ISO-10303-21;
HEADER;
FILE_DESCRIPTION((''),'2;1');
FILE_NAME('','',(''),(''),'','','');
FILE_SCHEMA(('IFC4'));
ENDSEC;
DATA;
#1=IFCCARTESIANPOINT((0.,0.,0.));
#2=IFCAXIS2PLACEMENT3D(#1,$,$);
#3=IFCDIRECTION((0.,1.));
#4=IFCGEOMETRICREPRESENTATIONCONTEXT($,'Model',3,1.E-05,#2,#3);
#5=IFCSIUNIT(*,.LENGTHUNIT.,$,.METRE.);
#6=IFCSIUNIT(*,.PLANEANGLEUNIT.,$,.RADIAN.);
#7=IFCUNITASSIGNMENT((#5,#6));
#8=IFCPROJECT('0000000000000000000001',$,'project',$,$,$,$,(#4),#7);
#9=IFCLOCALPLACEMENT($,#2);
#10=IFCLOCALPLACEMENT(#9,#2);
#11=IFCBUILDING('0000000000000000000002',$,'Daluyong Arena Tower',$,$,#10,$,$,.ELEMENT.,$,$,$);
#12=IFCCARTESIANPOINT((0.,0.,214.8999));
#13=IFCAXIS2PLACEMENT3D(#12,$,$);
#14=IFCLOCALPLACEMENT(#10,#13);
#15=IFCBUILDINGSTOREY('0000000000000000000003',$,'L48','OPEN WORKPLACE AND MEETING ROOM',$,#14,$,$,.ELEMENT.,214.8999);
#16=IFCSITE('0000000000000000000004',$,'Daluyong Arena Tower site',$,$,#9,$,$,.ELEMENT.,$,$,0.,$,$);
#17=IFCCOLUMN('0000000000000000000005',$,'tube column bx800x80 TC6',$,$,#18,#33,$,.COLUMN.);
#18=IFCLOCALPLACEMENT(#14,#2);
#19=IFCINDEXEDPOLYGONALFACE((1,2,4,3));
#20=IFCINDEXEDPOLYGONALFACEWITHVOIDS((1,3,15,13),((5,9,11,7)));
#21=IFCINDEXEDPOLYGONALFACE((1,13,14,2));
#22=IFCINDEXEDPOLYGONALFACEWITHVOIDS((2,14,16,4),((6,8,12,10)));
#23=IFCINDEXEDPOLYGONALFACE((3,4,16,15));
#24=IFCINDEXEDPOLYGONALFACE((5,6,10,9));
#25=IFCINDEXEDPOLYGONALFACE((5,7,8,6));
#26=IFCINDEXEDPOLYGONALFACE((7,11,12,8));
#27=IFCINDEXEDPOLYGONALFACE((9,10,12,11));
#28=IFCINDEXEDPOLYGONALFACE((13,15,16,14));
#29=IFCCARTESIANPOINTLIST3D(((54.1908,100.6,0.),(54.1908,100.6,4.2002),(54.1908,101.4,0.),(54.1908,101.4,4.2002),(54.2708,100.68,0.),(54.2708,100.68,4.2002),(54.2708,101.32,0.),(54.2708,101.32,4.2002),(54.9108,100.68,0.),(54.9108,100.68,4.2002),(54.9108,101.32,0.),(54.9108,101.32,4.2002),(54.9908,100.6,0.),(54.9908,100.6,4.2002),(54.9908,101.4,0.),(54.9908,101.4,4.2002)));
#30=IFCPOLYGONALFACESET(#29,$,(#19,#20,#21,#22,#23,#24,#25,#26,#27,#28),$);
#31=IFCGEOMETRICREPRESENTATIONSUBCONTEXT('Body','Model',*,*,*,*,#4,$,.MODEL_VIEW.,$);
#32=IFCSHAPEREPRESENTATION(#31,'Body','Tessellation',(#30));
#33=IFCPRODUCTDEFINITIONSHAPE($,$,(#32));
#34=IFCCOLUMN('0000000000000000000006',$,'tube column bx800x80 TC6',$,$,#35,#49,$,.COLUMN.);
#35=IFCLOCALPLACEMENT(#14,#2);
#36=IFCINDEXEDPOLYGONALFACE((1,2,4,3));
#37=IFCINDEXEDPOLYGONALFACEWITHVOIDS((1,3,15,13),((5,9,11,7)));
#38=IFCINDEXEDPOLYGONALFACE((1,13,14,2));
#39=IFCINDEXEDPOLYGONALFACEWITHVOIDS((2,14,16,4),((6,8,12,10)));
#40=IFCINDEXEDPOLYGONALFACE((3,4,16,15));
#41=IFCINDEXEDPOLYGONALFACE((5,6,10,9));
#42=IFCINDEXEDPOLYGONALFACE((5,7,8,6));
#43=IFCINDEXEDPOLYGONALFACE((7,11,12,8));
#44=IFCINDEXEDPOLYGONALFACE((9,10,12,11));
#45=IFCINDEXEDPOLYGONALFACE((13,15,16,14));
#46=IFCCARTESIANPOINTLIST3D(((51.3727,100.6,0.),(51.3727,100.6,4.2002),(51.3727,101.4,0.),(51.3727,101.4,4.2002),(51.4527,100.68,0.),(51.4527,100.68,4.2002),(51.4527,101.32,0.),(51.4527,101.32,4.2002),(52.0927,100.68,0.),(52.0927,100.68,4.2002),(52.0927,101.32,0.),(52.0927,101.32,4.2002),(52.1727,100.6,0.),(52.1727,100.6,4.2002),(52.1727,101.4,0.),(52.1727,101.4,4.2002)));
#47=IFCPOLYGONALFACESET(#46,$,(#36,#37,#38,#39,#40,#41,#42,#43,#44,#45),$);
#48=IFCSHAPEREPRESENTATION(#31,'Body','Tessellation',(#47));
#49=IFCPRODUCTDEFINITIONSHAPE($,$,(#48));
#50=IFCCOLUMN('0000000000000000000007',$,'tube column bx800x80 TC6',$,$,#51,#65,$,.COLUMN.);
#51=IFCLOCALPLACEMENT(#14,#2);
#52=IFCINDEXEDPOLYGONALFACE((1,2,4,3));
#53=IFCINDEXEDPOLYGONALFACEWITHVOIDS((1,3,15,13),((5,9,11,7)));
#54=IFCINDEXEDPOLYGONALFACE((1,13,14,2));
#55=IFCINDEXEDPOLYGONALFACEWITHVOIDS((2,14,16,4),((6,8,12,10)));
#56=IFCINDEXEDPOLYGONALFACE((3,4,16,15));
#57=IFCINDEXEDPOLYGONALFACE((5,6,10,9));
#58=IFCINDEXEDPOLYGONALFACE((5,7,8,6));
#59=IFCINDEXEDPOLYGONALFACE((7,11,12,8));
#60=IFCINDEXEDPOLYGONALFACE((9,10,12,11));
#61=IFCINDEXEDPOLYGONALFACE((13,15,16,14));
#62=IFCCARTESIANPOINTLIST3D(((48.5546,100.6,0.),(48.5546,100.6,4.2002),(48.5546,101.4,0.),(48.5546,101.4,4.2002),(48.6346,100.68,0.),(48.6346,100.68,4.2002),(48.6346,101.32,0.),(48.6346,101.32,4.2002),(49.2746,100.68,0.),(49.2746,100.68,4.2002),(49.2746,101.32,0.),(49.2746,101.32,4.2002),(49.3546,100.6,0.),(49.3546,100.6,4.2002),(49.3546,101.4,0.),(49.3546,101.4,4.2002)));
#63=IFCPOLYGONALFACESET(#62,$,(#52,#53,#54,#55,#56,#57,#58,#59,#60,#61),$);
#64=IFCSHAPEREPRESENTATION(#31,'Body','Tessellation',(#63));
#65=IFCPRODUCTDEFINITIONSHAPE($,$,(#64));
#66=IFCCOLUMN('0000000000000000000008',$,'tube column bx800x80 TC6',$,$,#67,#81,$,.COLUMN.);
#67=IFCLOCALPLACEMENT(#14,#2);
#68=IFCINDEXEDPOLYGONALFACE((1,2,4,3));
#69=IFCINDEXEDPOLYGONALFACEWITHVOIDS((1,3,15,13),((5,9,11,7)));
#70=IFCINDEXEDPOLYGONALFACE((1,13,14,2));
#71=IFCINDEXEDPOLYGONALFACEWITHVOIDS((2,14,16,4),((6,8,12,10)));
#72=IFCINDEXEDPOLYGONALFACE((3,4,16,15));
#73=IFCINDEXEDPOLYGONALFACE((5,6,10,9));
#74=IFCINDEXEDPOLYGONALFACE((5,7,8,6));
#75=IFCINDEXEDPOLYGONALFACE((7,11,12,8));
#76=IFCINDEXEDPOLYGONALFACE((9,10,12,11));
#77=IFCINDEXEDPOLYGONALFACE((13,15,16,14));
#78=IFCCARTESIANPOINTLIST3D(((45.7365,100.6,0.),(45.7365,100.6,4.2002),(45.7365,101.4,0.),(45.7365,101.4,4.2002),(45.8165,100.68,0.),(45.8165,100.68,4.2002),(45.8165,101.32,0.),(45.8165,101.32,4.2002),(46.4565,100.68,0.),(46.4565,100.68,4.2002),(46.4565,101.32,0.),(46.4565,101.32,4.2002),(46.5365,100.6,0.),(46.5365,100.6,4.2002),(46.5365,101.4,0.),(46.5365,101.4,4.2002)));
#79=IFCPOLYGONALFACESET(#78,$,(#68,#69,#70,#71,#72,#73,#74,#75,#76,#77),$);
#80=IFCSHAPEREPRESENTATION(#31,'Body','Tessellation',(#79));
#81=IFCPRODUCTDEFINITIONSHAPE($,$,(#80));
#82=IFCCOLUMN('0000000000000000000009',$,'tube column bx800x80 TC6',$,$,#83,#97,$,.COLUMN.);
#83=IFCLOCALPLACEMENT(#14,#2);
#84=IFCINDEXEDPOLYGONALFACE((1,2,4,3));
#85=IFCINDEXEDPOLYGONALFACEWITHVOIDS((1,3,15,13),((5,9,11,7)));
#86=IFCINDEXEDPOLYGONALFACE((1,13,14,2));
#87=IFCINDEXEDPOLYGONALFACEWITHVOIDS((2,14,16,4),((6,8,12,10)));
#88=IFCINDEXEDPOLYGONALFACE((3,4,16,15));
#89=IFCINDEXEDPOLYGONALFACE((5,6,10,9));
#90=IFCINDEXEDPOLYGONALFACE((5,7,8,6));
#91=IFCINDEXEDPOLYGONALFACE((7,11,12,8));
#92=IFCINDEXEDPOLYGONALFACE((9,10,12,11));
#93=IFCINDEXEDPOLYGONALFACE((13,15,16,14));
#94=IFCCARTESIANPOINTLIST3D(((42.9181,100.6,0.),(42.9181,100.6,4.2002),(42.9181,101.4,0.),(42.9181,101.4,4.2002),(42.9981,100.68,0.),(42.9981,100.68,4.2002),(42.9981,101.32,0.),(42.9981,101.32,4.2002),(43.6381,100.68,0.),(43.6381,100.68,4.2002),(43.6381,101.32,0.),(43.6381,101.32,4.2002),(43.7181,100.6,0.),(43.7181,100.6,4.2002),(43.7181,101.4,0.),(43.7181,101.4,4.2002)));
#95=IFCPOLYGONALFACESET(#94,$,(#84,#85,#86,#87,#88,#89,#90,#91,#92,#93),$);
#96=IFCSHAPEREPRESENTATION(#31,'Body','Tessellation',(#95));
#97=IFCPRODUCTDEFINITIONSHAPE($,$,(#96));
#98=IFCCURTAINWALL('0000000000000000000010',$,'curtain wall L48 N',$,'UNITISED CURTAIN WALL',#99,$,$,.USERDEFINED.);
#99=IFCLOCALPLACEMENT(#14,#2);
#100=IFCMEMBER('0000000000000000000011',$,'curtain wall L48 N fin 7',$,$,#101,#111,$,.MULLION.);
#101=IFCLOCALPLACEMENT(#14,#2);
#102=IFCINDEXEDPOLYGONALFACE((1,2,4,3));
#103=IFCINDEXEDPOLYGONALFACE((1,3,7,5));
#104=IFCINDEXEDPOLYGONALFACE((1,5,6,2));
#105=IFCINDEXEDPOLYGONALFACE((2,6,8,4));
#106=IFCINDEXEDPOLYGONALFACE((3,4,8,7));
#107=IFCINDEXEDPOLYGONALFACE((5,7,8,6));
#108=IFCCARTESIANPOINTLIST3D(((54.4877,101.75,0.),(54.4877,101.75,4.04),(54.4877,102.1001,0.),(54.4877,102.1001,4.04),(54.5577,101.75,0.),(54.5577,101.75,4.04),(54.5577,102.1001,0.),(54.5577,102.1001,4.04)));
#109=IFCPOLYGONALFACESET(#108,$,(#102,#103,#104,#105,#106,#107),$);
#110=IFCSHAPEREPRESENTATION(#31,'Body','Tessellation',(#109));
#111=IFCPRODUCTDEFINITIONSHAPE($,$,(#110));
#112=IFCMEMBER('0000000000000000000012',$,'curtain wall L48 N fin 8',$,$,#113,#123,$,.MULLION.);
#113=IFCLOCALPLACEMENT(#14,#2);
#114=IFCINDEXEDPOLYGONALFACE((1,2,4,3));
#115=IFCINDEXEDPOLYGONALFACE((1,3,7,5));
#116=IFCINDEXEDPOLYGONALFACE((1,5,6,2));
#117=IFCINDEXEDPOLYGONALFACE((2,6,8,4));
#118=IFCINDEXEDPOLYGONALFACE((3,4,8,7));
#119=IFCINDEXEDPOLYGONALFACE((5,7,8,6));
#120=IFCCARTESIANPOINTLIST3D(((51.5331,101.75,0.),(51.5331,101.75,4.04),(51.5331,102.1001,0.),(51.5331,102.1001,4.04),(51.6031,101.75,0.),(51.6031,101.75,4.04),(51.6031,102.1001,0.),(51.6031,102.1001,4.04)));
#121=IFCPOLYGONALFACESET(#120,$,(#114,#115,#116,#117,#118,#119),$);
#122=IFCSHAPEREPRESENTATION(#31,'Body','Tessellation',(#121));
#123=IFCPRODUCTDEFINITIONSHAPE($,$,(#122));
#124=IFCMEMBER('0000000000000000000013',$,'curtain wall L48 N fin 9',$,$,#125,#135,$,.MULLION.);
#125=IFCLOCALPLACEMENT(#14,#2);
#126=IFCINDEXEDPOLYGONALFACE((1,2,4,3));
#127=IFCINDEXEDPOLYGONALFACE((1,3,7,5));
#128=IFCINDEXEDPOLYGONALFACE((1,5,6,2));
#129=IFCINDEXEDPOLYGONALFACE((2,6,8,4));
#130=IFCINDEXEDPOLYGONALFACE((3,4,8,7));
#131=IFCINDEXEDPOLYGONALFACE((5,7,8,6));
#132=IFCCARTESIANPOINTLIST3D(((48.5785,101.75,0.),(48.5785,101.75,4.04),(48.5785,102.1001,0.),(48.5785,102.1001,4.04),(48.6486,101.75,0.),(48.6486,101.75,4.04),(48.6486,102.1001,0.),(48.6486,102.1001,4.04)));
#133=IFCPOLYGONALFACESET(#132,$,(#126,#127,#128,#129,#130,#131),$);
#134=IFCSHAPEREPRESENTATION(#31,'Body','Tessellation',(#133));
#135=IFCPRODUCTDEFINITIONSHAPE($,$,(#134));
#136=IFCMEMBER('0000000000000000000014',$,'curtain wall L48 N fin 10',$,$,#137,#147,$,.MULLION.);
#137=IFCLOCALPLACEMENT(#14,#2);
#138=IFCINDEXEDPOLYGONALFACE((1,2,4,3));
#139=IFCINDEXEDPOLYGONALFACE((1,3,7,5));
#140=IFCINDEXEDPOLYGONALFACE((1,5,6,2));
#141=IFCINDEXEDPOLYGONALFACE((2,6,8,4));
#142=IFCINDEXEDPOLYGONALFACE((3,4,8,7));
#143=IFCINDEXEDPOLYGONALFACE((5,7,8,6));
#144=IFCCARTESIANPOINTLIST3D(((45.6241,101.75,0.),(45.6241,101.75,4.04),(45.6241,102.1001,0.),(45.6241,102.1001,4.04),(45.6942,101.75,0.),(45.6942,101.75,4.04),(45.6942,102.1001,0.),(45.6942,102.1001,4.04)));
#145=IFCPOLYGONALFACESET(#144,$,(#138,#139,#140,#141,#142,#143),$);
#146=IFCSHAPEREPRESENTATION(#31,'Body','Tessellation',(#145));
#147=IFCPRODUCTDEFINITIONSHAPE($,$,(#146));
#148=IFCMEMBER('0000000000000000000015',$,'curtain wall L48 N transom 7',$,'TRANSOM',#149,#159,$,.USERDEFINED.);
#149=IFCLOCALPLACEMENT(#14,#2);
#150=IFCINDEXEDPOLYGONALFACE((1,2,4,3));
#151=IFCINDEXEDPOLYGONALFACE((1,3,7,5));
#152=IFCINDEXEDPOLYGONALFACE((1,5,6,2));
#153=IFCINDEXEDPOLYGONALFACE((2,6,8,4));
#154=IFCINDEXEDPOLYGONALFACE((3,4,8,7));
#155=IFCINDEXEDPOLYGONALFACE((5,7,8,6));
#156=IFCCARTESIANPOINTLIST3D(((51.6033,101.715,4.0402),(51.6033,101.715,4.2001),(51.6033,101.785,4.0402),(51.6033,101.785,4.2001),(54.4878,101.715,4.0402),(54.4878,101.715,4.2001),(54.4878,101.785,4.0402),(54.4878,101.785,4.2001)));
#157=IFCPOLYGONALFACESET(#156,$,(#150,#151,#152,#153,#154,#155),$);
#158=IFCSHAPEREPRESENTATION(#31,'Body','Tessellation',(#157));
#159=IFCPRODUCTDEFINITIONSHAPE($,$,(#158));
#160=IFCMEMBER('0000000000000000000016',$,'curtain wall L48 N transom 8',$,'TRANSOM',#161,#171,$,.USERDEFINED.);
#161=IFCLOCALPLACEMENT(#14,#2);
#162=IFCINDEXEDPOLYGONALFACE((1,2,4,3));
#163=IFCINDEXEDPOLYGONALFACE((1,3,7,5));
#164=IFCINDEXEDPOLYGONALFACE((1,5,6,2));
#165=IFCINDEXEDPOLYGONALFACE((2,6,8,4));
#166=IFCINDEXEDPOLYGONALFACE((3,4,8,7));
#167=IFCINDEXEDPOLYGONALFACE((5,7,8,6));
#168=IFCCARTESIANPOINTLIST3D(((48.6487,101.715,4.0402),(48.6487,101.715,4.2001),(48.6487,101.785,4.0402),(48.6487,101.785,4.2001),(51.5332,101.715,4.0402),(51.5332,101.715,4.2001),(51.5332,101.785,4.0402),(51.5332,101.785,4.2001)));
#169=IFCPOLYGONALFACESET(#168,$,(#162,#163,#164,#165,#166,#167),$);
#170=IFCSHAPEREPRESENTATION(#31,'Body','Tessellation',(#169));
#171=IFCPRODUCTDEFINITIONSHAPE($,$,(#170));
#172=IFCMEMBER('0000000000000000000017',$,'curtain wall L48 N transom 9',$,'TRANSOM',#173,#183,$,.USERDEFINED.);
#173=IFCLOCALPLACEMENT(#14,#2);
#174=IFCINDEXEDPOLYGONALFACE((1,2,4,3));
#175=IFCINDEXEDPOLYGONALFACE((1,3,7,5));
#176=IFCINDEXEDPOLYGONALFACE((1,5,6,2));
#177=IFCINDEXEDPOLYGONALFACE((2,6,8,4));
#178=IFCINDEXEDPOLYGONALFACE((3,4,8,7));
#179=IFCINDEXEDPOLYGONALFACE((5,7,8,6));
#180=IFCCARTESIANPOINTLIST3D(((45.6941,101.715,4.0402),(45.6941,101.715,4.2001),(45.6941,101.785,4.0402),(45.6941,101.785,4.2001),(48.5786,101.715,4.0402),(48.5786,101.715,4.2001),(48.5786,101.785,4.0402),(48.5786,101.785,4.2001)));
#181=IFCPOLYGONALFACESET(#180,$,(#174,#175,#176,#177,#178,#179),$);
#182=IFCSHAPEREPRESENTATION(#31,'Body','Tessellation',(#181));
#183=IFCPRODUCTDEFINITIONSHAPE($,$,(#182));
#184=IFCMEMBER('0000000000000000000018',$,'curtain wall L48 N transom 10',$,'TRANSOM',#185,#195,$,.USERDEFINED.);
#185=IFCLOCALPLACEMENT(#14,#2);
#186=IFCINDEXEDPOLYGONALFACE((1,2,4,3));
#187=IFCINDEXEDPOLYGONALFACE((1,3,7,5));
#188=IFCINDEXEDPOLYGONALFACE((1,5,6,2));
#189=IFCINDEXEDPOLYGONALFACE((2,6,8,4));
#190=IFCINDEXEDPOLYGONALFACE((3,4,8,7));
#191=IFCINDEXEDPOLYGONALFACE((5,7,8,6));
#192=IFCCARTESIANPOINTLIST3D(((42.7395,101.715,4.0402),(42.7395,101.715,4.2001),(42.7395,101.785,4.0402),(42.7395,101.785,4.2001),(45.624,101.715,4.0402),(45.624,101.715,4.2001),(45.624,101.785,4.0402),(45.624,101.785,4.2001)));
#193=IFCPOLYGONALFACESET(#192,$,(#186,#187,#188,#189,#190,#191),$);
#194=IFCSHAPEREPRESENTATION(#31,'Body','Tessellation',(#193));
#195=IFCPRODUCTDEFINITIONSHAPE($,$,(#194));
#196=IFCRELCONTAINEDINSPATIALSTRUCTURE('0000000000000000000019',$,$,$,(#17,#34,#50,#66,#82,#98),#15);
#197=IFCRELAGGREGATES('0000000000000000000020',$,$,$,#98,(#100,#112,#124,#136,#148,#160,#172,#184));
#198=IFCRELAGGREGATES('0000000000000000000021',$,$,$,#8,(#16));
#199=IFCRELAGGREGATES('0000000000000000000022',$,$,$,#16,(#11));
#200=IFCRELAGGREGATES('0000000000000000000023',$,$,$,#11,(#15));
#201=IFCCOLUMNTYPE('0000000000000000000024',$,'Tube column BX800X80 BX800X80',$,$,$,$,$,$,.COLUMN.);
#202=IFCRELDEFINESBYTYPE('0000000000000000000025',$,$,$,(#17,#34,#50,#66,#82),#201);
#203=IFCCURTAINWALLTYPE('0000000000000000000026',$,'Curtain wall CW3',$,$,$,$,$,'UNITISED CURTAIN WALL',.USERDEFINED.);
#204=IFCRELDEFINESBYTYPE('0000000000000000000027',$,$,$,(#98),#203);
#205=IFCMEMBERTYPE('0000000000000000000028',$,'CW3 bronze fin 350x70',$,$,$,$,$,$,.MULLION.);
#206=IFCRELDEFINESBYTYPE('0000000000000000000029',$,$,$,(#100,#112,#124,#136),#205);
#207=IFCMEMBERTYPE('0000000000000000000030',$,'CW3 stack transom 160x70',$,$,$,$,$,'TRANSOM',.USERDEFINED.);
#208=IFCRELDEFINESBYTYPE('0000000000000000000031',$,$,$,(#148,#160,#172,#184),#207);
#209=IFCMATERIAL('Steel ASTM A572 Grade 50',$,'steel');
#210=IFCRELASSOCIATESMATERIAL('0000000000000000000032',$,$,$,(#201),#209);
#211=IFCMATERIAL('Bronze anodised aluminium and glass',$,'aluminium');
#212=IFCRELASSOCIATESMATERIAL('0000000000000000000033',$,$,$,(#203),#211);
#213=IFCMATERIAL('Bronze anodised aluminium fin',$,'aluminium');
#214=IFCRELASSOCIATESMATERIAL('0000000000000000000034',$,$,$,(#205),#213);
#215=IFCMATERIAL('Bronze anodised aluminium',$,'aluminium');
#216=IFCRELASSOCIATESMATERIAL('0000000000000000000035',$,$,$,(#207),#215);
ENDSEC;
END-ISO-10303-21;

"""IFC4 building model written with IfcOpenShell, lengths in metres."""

from ifc_helpers import new_model, si_unit, direction, frame, origin, origin_2d, place, context, subcontext, project, spatial, rectangle, hollow_rectangle, extrude, material, material_profile, profile_set, type_object, element, aggregate, save


model = new_model("IFC4")

# Units and contexts
model_context = context("Model", 3, precision=1e-05, world=origin(), true_north=direction((0.0, 1.0)))
body_context = subcontext(model_context, "Body", "Model", "MODEL_VIEW")
ifc_project = project(units=[si_unit("LENGTHUNIT", "METRE"), si_unit("PLANEANGLEUNIT", "RADIAN")], contexts=[model_context])

# Site, building, storey
site_placement = place(None, origin())
site = spatial("IfcSite", under=ifc_project, at=site_placement, Name="Daluyong Arena Tower site", CompositionType="ELEMENT", RefElevation=0.0)
building_placement = place(site_placement, origin())
building = spatial("IfcBuilding", under=site, at=building_placement, Name="Daluyong Arena Tower", CompositionType="ELEMENT")
storey_placement = place(building_placement, frame((0.0, 0.0, 214.8999)))
storey = spatial("IfcBuildingStorey", under=building, at=storey_placement, Name="L48", Description="OPEN WORKPLACE AND MEETING ROOM", CompositionType="ELEMENT", Elevation=214.8999)

# Columns
ifc_material_1 = material(Name="Steel ASTM A572 Grade 50", Category="steel")
ifc_material_profile_1 = material_profile(ifc_material_1, hollow_rectangle(XDim=0.8, YDim=0.8, WallThickness=0.08, at=origin_2d()))
ifc_profile_set_1 = profile_set([ifc_material_profile_1], Name="Steel ASTM A572 Grade 50")
column_type = type_object("IfcColumnType", Name="Tube column BX800X80 BX800X80", PredefinedType="COLUMN", material=ifc_profile_set_1)
for number, where, z_axis, x_axis, name in (
    (1, (54.5908, 101.0, 0.0), (0.0, 0.0, 1.0), (1.0, 0.0, 0.0), "tube column bx800x80 TC6"),
    (2, (51.7727, 101.0, 0.0), (0.0, 0.0, 1.0), (1.0, 0.0, 0.0), "tube column bx800x80 TC6"),
    (3, (48.9546, 101.0, 0.0), (0.0, 0.0, 1.0), (1.0, 0.0, 0.0), "tube column bx800x80 TC6"),
    (4, (46.1365, 101.0, 0.0), (0.0, 0.0, 1.0), (1.0, 0.0, 0.0), "tube column bx800x80 TC6"),
    (5, (43.3181, 101.0, 0.0), (0.0, 0.0, 1.0), (1.0, 0.0, 0.0), "tube column bx800x80 TC6"),
):
    element("IfcColumn", number, at=place(storey_placement, frame(where, z_axis=z_axis, x_axis=x_axis)), inside=storey, type_object=column_type, Name=name, PredefinedType="COLUMN", context=body_context, shape_type="SweptSolid", body=[
        extrude(hollow_rectangle(XDim=0.8, YDim=0.8, WallThickness=0.08, at=origin_2d()), origin(), (0.0, 0.0, 1.0), 4.2002),
    ])

# Curtain wall, members
ifc_material_2 = material(Name="Bronze anodised aluminium and glass", Category="aluminium")
curtain_wall_type = type_object("IfcCurtainWallType", Name="Curtain wall CW3", ElementType="UNITISED CURTAIN WALL", PredefinedType="USERDEFINED", material=ifc_material_2)
curtain_wall_placement = place(storey_placement, origin())
curtain_wall = element("IfcCurtainWall", 6, at=curtain_wall_placement, inside=storey, type_object=curtain_wall_type, Name="curtain wall L48 N", ObjectType="UNITISED CURTAIN WALL", PredefinedType="USERDEFINED")
ifc_material_3 = material(Name="Bronze anodised aluminium fin", Category="aluminium")
ifc_material_profile_2 = material_profile(ifc_material_3, rectangle(XDim=0.3501, YDim=0.0701, at=origin_2d()))
ifc_profile_set_2 = profile_set([ifc_material_profile_2], Name="Bronze anodised aluminium fin")
member_type_1 = type_object("IfcMemberType", Name="CW3 bronze fin 350x70", PredefinedType="MULLION", material=ifc_profile_set_2)
member_1_placement = place(storey_placement, frame((54.5227, 101.925, 0.0), z_axis=(0.0, 0.0, 1.0), x_axis=(0.0, -1.0, 0.0)))
member_1 = element("IfcMember", 7, at=member_1_placement, type_object=member_type_1, Name="curtain wall L48 N fin 7", PredefinedType="MULLION", context=body_context, shape_type="SweptSolid", body=[
    extrude(rectangle(XDim=0.3501, YDim=0.0701, at=origin_2d()), origin(), (0.0, 0.0, 1.0), 4.04),
])
member_2_placement = place(storey_placement, frame((51.5681, 101.925, 0.0), z_axis=(0.0, 0.0, 1.0), x_axis=(0.0, -1.0, 0.0)))
member_2 = element("IfcMember", 8, at=member_2_placement, type_object=member_type_1, Name="curtain wall L48 N fin 8", PredefinedType="MULLION", context=body_context, shape_type="SweptSolid", body=[
    extrude(rectangle(XDim=0.3501, YDim=0.0701, at=origin_2d()), origin(), (0.0, 0.0, 1.0), 4.04),
])
member_3_placement = place(storey_placement, frame((48.6135, 101.925, 0.0), z_axis=(0.0, 0.0, 1.0), x_axis=(0.0, -1.0, 0.0)))
member_3 = element("IfcMember", 9, at=member_3_placement, type_object=member_type_1, Name="curtain wall L48 N fin 9", PredefinedType="MULLION", context=body_context, shape_type="SweptSolid", body=[
    extrude(rectangle(XDim=0.3501, YDim=0.0701, at=origin_2d()), origin(), (0.0, 0.0, 1.0), 4.04),
])
member_4_placement = place(storey_placement, frame((45.6592, 101.925, 0.0), z_axis=(0.0, 0.0, 1.0), x_axis=(0.0, -1.0, 0.0)))
member_4 = element("IfcMember", 10, at=member_4_placement, type_object=member_type_1, Name="curtain wall L48 N fin 10", PredefinedType="MULLION", context=body_context, shape_type="SweptSolid", body=[
    extrude(rectangle(XDim=0.3501, YDim=0.0701, at=origin_2d()), origin(), (0.0, 0.0, 1.0), 4.04),
])
ifc_material_4 = material(Name="Bronze anodised aluminium", Category="aluminium")
ifc_material_profile_3 = material_profile(ifc_material_4, rectangle(XDim=0.0701, YDim=0.1599, at=origin_2d()))
ifc_profile_set_3 = profile_set([ifc_material_profile_3], Name="Bronze anodised aluminium")
member_type_2 = type_object("IfcMemberType", Name="CW3 stack transom 160x70", ElementType="TRANSOM", PredefinedType="USERDEFINED", material=ifc_profile_set_3)
member_5_placement = place(storey_placement, frame((54.4878, 101.75, 4.1201), z_axis=(-1.0, 0.0, 0.0), x_axis=(0.0, -1.0, 0.0)))
member_5 = element("IfcMember", 11, at=member_5_placement, type_object=member_type_2, Name="curtain wall L48 N transom 7", ObjectType="TRANSOM", PredefinedType="USERDEFINED", context=body_context, shape_type="SweptSolid", body=[
    extrude(rectangle(XDim=0.0701, YDim=0.1599, at=origin_2d()), origin(), (0.0, 0.0, 1.0), 2.8845),
])
member_6_placement = place(storey_placement, frame((51.5332, 101.75, 4.1201), z_axis=(-1.0, 0.0, 0.0), x_axis=(0.0, -1.0, 0.0)))
member_6 = element("IfcMember", 12, at=member_6_placement, type_object=member_type_2, Name="curtain wall L48 N transom 8", ObjectType="TRANSOM", PredefinedType="USERDEFINED", context=body_context, shape_type="SweptSolid", body=[
    extrude(rectangle(XDim=0.0701, YDim=0.1599, at=origin_2d()), origin(), (0.0, 0.0, 1.0), 2.8845),
])
member_7_placement = place(storey_placement, frame((48.5786, 101.75, 4.1201), z_axis=(-1.0, 0.0, 0.0), x_axis=(0.0, -1.0, 0.0)))
member_7 = element("IfcMember", 13, at=member_7_placement, type_object=member_type_2, Name="curtain wall L48 N transom 9", ObjectType="TRANSOM", PredefinedType="USERDEFINED", context=body_context, shape_type="SweptSolid", body=[
    extrude(rectangle(XDim=0.0701, YDim=0.1599, at=origin_2d()), origin(), (0.0, 0.0, 1.0), 2.8845),
])
member_8_placement = place(storey_placement, frame((45.624, 101.75, 4.1201), z_axis=(-1.0, 0.0, 0.0), x_axis=(0.0, -1.0, 0.0)))
member_8 = element("IfcMember", 14, at=member_8_placement, type_object=member_type_2, Name="curtain wall L48 N transom 10", ObjectType="TRANSOM", PredefinedType="USERDEFINED", context=body_context, shape_type="SweptSolid", body=[
    extrude(rectangle(XDim=0.0701, YDim=0.1599, at=origin_2d()), origin(), (0.0, 0.0, 1.0), 2.8845),
])

aggregate(curtain_wall, [member_1, member_2, member_3, member_4, member_5, member_6, member_7, member_8])

save(model, "model.ifc")
